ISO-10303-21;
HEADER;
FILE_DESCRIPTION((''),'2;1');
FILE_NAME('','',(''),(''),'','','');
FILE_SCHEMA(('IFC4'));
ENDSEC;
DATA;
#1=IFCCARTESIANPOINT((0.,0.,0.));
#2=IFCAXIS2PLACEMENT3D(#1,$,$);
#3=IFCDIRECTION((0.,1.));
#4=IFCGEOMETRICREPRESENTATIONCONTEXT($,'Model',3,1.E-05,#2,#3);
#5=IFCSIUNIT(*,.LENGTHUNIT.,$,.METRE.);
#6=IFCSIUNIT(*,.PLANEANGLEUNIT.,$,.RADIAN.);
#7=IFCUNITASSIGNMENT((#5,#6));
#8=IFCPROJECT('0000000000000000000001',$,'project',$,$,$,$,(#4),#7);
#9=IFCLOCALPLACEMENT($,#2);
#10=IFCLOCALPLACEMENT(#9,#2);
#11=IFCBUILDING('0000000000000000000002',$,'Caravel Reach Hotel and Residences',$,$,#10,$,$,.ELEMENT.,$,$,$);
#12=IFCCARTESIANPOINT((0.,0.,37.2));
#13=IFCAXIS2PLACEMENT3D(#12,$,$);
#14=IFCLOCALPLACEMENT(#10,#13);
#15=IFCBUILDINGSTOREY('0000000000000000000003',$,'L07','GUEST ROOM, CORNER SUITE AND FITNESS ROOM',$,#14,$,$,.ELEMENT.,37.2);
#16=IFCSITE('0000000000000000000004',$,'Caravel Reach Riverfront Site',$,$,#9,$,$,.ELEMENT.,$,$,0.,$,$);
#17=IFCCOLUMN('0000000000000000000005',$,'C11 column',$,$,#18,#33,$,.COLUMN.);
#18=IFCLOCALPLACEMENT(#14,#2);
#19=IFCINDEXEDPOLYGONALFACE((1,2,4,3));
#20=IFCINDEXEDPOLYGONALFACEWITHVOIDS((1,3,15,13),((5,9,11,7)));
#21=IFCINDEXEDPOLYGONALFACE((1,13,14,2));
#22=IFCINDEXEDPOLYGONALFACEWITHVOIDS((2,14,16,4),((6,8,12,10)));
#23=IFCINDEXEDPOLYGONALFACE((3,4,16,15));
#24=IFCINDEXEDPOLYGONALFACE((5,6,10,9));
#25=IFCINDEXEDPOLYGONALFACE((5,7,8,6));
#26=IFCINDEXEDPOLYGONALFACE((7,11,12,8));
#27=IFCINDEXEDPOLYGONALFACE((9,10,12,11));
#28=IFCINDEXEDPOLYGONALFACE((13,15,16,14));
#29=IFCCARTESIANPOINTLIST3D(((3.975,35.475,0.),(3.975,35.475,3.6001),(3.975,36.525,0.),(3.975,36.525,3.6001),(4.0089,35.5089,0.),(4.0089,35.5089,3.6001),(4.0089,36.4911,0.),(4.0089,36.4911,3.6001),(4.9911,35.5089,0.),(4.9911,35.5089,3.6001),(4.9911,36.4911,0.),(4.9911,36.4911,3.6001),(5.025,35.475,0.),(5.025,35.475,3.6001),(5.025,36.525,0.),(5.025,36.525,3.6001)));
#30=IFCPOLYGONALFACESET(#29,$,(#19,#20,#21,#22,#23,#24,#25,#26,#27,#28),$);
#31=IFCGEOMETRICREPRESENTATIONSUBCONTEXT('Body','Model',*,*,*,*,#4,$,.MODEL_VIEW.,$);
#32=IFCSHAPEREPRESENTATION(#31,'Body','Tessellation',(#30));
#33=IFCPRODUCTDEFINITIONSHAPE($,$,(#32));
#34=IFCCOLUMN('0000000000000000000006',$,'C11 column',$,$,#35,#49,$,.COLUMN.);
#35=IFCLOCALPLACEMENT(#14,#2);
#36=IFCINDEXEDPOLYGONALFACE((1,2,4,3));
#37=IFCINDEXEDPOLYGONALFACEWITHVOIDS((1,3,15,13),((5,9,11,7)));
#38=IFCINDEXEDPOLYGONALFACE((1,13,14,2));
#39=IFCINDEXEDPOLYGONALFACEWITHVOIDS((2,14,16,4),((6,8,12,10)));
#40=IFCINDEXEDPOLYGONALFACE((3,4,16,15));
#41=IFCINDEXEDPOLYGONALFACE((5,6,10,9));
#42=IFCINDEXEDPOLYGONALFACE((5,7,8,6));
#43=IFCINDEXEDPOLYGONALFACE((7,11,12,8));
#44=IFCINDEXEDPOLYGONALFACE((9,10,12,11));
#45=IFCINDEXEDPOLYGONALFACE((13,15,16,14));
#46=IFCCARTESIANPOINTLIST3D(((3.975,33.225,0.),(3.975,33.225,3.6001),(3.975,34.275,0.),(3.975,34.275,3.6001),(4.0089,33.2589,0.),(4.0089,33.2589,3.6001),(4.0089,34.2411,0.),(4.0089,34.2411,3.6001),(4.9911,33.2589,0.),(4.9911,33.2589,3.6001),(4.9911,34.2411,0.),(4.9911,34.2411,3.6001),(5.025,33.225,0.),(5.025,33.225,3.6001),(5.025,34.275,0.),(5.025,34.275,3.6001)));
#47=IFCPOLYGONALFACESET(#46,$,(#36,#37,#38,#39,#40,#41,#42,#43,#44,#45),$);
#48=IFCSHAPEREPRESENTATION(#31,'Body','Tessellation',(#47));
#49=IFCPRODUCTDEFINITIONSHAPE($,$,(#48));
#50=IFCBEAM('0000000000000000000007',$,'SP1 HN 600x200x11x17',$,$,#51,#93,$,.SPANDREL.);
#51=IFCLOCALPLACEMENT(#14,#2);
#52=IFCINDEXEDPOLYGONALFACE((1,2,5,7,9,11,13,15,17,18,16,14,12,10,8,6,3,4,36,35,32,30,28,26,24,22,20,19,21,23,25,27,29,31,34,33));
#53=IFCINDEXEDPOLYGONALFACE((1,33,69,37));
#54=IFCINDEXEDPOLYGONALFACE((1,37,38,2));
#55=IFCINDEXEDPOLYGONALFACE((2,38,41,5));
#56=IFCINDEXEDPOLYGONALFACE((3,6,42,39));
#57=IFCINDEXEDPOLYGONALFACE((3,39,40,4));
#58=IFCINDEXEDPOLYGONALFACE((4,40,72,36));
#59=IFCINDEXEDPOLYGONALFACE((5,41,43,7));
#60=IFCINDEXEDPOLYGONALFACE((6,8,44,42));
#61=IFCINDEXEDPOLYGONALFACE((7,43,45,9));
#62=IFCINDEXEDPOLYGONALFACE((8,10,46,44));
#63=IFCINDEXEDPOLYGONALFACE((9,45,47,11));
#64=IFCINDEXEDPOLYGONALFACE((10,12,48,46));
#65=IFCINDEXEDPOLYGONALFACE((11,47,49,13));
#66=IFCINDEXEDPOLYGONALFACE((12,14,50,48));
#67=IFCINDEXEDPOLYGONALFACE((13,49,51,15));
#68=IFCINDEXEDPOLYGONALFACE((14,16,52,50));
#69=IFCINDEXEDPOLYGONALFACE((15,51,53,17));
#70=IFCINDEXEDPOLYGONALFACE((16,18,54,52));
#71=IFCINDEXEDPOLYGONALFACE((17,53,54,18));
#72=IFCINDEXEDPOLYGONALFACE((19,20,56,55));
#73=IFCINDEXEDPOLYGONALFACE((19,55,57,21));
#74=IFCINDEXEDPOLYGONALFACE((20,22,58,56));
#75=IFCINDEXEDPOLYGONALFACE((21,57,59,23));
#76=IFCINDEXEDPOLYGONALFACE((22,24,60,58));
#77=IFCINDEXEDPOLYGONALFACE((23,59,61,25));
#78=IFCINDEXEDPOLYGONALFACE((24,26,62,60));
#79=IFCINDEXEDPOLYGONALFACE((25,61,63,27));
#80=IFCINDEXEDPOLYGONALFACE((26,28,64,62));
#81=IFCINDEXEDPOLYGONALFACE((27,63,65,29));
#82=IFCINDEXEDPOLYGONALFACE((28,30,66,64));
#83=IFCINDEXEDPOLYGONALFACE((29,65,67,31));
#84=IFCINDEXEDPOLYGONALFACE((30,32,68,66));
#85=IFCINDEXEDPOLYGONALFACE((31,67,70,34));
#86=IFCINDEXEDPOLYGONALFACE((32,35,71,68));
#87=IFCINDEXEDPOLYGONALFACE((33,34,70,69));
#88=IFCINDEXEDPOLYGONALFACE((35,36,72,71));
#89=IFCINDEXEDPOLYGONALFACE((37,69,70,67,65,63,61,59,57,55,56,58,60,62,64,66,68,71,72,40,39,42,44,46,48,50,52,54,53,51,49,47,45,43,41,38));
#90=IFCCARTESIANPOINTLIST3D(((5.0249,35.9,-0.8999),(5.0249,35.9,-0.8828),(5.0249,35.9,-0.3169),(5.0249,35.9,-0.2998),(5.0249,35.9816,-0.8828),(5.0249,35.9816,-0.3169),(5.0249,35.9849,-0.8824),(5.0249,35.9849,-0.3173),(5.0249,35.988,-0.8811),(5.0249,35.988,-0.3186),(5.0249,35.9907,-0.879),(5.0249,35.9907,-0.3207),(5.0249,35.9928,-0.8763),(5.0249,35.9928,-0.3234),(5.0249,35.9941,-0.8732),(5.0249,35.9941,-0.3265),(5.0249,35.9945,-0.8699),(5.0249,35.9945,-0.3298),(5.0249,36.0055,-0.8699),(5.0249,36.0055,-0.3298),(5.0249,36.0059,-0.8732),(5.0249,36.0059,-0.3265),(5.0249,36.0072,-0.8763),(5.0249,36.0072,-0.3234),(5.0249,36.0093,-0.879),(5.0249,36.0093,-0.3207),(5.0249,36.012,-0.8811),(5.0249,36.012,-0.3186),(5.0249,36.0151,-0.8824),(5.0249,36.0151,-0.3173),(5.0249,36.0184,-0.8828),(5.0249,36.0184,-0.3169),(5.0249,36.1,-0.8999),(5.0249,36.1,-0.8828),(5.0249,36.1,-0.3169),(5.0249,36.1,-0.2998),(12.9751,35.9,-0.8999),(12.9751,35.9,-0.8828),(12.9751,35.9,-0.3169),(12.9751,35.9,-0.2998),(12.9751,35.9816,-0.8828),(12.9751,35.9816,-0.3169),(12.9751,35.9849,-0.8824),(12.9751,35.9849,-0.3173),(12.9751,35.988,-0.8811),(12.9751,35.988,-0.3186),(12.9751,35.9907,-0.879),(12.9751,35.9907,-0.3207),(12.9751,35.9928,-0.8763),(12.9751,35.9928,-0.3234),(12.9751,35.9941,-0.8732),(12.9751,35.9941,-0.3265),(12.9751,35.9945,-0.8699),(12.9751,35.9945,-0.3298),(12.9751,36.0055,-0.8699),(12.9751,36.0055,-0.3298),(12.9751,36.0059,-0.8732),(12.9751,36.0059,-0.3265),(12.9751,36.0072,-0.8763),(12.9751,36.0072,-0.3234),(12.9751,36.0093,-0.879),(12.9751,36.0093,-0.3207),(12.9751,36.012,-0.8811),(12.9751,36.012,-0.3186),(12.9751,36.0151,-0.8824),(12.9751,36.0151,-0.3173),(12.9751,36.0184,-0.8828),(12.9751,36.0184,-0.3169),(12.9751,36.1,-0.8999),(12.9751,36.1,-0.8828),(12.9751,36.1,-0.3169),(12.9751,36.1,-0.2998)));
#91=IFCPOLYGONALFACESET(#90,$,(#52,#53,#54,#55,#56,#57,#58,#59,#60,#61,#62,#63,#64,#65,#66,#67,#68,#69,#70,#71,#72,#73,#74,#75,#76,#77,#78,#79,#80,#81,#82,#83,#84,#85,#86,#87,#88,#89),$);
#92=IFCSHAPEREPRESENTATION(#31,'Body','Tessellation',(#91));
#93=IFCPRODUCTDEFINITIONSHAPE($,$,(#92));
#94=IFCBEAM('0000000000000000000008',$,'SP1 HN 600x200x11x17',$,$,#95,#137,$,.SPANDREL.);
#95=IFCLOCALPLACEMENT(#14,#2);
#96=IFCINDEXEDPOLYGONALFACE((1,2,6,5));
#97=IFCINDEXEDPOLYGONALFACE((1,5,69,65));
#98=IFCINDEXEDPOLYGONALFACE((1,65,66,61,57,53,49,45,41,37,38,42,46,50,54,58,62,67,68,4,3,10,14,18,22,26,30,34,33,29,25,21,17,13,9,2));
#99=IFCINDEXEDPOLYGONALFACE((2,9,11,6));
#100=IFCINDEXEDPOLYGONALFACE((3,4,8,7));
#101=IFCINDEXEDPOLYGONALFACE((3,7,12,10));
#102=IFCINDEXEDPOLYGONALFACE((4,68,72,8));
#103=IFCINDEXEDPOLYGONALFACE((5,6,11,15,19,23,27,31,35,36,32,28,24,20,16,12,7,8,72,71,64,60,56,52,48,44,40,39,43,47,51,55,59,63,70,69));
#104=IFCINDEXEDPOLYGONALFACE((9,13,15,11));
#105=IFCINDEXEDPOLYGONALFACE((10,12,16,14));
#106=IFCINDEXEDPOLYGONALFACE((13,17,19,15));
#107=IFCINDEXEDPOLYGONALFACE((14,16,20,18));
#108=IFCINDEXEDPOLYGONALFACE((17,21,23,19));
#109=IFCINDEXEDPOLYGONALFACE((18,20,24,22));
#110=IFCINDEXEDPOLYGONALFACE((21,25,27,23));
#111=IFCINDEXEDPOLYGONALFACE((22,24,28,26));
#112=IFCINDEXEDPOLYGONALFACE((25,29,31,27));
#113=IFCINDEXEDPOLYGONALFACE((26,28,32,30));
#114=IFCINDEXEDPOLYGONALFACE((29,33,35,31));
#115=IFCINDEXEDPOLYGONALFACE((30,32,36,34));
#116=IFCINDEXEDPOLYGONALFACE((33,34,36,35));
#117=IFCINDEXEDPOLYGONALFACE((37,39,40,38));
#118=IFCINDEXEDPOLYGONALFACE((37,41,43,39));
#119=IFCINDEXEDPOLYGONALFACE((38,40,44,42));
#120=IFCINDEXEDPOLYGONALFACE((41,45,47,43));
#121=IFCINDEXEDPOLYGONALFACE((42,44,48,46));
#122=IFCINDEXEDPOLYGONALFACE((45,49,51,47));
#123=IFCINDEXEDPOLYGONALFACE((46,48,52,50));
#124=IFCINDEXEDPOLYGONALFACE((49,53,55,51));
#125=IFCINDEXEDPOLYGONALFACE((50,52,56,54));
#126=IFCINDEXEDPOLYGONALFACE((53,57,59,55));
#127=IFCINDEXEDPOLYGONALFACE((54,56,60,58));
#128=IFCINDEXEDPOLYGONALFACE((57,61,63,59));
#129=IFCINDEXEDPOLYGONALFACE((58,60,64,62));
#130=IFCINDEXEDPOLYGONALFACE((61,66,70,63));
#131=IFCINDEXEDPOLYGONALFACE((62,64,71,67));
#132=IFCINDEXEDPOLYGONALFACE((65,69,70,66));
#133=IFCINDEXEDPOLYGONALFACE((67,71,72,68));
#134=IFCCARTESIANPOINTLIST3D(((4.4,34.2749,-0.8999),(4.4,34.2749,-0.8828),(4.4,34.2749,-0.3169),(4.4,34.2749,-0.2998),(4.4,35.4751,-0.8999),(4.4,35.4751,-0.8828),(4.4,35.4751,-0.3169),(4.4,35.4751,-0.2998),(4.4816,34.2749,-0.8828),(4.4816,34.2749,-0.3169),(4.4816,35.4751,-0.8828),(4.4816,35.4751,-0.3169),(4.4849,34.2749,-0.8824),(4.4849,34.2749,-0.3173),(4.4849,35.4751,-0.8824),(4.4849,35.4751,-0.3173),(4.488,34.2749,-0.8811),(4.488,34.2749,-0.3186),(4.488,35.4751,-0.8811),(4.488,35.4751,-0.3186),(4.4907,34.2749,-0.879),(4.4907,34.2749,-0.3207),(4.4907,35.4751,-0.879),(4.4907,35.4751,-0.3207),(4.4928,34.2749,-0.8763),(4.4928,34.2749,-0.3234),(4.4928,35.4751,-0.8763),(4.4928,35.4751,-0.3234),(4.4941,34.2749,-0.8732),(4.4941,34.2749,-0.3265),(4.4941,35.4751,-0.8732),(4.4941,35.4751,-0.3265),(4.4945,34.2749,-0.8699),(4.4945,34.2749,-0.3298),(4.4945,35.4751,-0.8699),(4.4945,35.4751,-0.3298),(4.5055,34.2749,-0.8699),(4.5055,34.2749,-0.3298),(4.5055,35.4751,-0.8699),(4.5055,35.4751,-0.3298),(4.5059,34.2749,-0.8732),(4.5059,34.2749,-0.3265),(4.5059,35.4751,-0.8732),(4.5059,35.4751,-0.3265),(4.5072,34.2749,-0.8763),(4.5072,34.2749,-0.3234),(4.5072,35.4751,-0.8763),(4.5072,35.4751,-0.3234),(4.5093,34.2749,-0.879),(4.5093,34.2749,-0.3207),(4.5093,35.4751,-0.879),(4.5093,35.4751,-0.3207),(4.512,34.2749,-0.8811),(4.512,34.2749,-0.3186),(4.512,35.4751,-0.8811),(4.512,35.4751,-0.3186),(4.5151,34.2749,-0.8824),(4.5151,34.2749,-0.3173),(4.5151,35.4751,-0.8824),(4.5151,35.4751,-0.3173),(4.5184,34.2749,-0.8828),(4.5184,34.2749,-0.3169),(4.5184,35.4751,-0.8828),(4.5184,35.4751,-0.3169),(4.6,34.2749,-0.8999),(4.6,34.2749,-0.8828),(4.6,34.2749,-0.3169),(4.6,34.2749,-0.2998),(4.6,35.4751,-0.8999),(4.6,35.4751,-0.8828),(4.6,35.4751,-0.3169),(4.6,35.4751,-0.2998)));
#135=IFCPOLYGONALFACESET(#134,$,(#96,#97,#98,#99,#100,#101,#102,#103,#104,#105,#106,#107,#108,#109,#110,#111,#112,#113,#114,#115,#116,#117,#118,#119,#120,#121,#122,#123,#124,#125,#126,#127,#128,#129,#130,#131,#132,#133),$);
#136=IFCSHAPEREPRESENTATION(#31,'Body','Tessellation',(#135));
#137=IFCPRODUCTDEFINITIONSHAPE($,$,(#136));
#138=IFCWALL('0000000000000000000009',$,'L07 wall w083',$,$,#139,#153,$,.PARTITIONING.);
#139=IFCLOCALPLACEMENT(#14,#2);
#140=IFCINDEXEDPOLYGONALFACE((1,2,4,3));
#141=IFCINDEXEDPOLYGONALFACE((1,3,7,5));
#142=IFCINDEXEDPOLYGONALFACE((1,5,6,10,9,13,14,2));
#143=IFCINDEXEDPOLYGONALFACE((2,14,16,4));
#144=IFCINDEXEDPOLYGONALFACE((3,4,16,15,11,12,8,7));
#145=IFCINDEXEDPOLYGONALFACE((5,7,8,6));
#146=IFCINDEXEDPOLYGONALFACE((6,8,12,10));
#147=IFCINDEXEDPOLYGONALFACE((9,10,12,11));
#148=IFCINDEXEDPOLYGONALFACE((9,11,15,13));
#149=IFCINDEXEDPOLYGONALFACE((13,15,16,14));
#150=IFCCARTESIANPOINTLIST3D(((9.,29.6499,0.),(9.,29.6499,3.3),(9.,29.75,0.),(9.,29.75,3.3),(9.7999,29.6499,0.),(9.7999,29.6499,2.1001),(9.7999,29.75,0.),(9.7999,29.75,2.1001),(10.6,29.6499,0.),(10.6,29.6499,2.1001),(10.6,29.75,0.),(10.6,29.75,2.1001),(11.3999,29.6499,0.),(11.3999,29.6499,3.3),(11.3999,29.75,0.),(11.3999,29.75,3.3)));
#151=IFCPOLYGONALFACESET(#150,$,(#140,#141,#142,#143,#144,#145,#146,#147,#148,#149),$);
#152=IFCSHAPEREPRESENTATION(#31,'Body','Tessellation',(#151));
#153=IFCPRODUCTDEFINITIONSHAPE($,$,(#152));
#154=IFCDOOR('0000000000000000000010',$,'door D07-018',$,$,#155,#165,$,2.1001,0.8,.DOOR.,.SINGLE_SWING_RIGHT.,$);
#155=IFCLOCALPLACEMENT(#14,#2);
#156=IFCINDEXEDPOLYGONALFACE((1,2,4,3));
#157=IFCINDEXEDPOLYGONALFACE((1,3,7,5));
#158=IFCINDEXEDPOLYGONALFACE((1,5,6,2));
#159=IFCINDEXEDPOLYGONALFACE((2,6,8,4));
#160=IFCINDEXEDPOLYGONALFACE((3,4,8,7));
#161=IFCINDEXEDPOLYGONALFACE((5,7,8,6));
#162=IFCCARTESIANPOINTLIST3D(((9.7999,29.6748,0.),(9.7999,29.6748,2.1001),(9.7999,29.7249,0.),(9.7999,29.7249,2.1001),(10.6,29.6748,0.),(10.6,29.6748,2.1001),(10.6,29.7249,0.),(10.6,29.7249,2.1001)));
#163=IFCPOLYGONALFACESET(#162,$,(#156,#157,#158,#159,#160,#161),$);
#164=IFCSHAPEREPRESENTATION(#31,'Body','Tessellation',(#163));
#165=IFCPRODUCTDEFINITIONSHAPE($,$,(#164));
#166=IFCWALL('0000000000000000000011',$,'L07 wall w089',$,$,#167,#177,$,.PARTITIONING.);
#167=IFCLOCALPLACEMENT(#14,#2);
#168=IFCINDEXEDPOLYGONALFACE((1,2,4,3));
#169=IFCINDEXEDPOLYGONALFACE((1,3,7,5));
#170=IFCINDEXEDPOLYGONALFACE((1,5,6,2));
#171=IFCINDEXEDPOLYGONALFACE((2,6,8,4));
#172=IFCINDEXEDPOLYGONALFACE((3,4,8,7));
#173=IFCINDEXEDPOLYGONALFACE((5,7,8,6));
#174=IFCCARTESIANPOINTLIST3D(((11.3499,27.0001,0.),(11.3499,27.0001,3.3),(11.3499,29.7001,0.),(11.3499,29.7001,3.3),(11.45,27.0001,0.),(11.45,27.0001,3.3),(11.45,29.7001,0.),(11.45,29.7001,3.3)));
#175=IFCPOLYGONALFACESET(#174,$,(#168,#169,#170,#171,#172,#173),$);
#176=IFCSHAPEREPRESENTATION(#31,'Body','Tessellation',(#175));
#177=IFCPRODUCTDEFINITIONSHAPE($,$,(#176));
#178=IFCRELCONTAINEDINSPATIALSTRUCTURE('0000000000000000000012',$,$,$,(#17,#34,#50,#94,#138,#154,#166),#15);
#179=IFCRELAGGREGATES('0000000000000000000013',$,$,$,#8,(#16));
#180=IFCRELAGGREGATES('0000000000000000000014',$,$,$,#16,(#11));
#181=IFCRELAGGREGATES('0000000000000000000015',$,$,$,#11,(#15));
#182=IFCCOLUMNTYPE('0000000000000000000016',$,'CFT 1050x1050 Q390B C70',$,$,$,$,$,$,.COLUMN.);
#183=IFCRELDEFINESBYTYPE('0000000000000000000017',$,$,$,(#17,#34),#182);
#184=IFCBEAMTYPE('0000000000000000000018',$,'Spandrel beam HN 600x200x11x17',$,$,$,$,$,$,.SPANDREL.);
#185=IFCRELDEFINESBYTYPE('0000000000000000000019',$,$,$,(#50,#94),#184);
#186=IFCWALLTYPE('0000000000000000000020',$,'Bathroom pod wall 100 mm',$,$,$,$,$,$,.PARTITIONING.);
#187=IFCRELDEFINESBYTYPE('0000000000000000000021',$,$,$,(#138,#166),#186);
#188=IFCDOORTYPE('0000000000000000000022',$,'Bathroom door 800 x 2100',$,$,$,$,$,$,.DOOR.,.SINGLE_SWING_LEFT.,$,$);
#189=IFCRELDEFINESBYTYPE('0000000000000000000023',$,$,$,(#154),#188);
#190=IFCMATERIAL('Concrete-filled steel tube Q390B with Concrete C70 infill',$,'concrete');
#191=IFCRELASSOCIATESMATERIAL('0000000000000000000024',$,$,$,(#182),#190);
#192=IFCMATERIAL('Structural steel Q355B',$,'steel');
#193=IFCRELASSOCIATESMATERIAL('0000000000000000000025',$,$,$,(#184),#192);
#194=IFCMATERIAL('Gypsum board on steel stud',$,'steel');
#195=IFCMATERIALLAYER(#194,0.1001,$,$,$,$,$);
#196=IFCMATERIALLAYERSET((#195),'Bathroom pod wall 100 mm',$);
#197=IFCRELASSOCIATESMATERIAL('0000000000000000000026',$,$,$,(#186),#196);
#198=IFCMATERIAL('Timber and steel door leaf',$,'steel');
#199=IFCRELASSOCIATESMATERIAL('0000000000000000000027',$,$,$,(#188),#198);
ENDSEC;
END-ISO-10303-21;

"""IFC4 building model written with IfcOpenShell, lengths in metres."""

from ifc_helpers import new_model, si_unit, direction, frame, frame_2d, origin, origin_2d, place, context, subcontext, project, spatial, rectangle, hollow_rectangle, i_section, extrude, material, layer, layer_set, material_profile, profile_set, type_object, element, fill, save


model = new_model("IFC4")

# Units and contexts
model_context = context("Model", 3, precision=1e-05, world=origin(), true_north=direction((0.0, 1.0)))
body_context = subcontext(model_context, "Body", "Model", "MODEL_VIEW")
ifc_project = project(units=[si_unit("LENGTHUNIT", "METRE"), si_unit("PLANEANGLEUNIT", "RADIAN")], contexts=[model_context])

# Site, building, storey
site_placement = place(None, origin())
site = spatial("IfcSite", under=ifc_project, at=site_placement, Name="Caravel Reach Riverfront Site", CompositionType="ELEMENT", RefElevation=0.0)
building_placement = place(site_placement, origin())
building = spatial("IfcBuilding", under=site, at=building_placement, Name="Caravel Reach Hotel and Residences", CompositionType="ELEMENT")
storey_placement = place(building_placement, frame((0.0, 0.0, 37.2)))
storey = spatial("IfcBuildingStorey", under=building, at=storey_placement, Name="L07", Description="GUEST ROOM, CORNER SUITE AND FITNESS ROOM", CompositionType="ELEMENT", Elevation=37.2)

# Columns
ifc_material_1 = material(Name="Concrete-filled steel tube Q390B with Concrete C70 infill", Category="concrete")
ifc_material_profile_1 = material_profile(ifc_material_1, hollow_rectangle(XDim=1.05, YDim=1.05, WallThickness=0.0339, at=origin_2d()), Name="RHS 1050x1050x34")
ifc_profile_set_1 = profile_set([ifc_material_profile_1], Name="Concrete-filled steel tube Q390B with Concrete C70 infill")
column_type = type_object("IfcColumnType", Name="CFT 1050x1050 Q390B C70", PredefinedType="COLUMN", material=ifc_profile_set_1)
for number, where, z_axis, x_axis, name in (
    (1, (4.5, 36.0, 0.0), (0.0, 0.0, 1.0), (1.0, 0.0, 0.0), "C11 column"),
    (2, (4.5, 33.75, 0.0), (0.0, 0.0, 1.0), (1.0, 0.0, 0.0), "C11 column"),
):
    element("IfcColumn", number, at=place(storey_placement, frame(where, z_axis=z_axis, x_axis=x_axis)), inside=storey, type_object=column_type, Name=name, PredefinedType="COLUMN", context=body_context, shape_type="SweptSolid", body=[
        extrude(hollow_rectangle(XDim=1.05, YDim=1.05, WallThickness=0.0339, at=origin_2d()), origin(), (0.0, 0.0, 1.0), 3.6001),
    ])

# Beams
ifc_material_2 = material(Name="Structural steel Q355B", Category="steel")
ifc_material_profile_2 = material_profile(ifc_material_2, i_section(OverallWidth=0.2, OverallDepth=0.6001, WebThickness=0.011, FlangeThickness=0.0171, FilletRadius=0.0129, at=origin_2d()), Name="HN 600x200x11x17")
ifc_profile_set_2 = profile_set([ifc_material_profile_2], Name="Structural steel Q355B")
beam_type = type_object("IfcBeamType", Name="Spandrel beam HN 600x200x11x17", PredefinedType="SPANDREL", material=ifc_profile_set_2)
beam_1_placement = place(storey_placement, frame((12.9751, 36.0, -0.5999), z_axis=(-1.0, 0.0, 0.0), x_axis=(0.0, -1.0, 0.0)))
element("IfcBeam", 3, at=beam_1_placement, inside=storey, type_object=beam_type, Name="SP1 HN 600x200x11x17", PredefinedType="SPANDREL", context=body_context, shape_type="SweptSolid", body=[
    extrude(i_section(OverallWidth=0.2, OverallDepth=0.6001, WebThickness=0.011, FlangeThickness=0.0171, FilletRadius=0.0129, at=origin_2d()), origin(), (0.0, 0.0, 1.0), 7.9502),
])
beam_2_placement = place(storey_placement, frame((4.5, 35.4751, -0.5999), z_axis=(0.0, -1.0, 0.0), x_axis=(1.0, 0.0, 0.0)))
element("IfcBeam", 4, at=beam_2_placement, inside=storey, type_object=beam_type, Name="SP1 HN 600x200x11x17", PredefinedType="SPANDREL", context=body_context, shape_type="SweptSolid", body=[
    extrude(i_section(OverallWidth=0.2, OverallDepth=0.6001, WebThickness=0.011, FlangeThickness=0.0171, FilletRadius=0.0129, at=origin_2d()), origin(), (0.0, 0.0, 1.0), 1.2002),
])

# Wall, opening, door
ifc_material_3 = material(Name="Gypsum board on steel stud", Category="steel")
ifc_layer_1 = layer(ifc_material_3, 0.1001)
ifc_layer_set_1 = layer_set([ifc_layer_1], Name="Bathroom pod wall 100 mm")
wall_type_1 = type_object("IfcWallType", Name="Bathroom pod wall 100 mm", PredefinedType="PARTITIONING", material=ifc_layer_set_1)
wall_1_placement = place(storey_placement, frame((9.0, 29.7, 0.0), z_axis=(0.0, 0.0, 1.0), x_axis=(1.0, 0.0, 0.0)))
wall_1 = element("IfcWall", 5, at=wall_1_placement, inside=storey, type_object=wall_type_1, Name="L07 wall w083", PredefinedType="PARTITIONING", context=body_context, shape_type="SweptSolid", body=[
    extrude(rectangle(XDim=2.3999, YDim=0.1001, at=frame_2d((1.2, 0.0))), origin(), (0.0, 0.0, 1.0), 3.3),
])
opening_1_placement = place(wall_1_placement, frame((0.8, 0.0, 0.0)))
opening_1 = element("IfcOpeningElement", 6, at=opening_1_placement, cuts=wall_1, PredefinedType="OPENING", context=body_context, shape_type="SweptSolid", body=[
    extrude(rectangle(XDim=0.8, YDim=2.1001, at=frame_2d((0.3999, 1.05))), frame((0.0, 0.0601, 0.0), z_axis=(0.0, -1.0, 0.0), x_axis=(1.0, 0.0, 0.0)), (0.0, 0.0, 1.0), 0.1201),
])
ifc_material_4 = material(Name="Timber and steel door leaf", Category="steel")
door_type_1 = type_object("IfcDoorType", Name="Bathroom door 800 x 2100", OperationType="SINGLE_SWING_LEFT", PredefinedType="DOOR", material=ifc_material_4)
door_1_placement = place(opening_1_placement, origin())
door_1 = element("IfcDoor", 7, at=door_1_placement, inside=storey, type_object=door_type_1, Name="door D07-018", OperationType="SINGLE_SWING_RIGHT", OverallHeight=2.1001, OverallWidth=0.8, PredefinedType="DOOR", context=body_context, shape_type="SweptSolid", body=[
    extrude(rectangle(XDim=0.8, YDim=2.1001, at=frame_2d((0.3999, 1.05))), frame((0.0, 0.0249, 0.0), z_axis=(0.0, -1.0, 0.0), x_axis=(1.0, 0.0, 0.0)), (0.0, 0.0, 1.0), 0.05),
])
fill(opening_1, door_1)

# Wall
wall_2_placement = place(storey_placement, frame((11.3999, 27.0, 0.0), z_axis=(0.0, 0.0, 1.0), x_axis=(0.0, 1.0, 0.0)))
element("IfcWall", 8, at=wall_2_placement, inside=storey, type_object=wall_type_1, Name="L07 wall w089", PredefinedType="PARTITIONING", context=body_context, shape_type="SweptSolid", body=[
    extrude(rectangle(XDim=2.7, YDim=0.1001, at=frame_2d((1.3501, 0.0))), origin(), (0.0, 0.0, 1.0), 3.3),
])

save(model, "model.ifc")
